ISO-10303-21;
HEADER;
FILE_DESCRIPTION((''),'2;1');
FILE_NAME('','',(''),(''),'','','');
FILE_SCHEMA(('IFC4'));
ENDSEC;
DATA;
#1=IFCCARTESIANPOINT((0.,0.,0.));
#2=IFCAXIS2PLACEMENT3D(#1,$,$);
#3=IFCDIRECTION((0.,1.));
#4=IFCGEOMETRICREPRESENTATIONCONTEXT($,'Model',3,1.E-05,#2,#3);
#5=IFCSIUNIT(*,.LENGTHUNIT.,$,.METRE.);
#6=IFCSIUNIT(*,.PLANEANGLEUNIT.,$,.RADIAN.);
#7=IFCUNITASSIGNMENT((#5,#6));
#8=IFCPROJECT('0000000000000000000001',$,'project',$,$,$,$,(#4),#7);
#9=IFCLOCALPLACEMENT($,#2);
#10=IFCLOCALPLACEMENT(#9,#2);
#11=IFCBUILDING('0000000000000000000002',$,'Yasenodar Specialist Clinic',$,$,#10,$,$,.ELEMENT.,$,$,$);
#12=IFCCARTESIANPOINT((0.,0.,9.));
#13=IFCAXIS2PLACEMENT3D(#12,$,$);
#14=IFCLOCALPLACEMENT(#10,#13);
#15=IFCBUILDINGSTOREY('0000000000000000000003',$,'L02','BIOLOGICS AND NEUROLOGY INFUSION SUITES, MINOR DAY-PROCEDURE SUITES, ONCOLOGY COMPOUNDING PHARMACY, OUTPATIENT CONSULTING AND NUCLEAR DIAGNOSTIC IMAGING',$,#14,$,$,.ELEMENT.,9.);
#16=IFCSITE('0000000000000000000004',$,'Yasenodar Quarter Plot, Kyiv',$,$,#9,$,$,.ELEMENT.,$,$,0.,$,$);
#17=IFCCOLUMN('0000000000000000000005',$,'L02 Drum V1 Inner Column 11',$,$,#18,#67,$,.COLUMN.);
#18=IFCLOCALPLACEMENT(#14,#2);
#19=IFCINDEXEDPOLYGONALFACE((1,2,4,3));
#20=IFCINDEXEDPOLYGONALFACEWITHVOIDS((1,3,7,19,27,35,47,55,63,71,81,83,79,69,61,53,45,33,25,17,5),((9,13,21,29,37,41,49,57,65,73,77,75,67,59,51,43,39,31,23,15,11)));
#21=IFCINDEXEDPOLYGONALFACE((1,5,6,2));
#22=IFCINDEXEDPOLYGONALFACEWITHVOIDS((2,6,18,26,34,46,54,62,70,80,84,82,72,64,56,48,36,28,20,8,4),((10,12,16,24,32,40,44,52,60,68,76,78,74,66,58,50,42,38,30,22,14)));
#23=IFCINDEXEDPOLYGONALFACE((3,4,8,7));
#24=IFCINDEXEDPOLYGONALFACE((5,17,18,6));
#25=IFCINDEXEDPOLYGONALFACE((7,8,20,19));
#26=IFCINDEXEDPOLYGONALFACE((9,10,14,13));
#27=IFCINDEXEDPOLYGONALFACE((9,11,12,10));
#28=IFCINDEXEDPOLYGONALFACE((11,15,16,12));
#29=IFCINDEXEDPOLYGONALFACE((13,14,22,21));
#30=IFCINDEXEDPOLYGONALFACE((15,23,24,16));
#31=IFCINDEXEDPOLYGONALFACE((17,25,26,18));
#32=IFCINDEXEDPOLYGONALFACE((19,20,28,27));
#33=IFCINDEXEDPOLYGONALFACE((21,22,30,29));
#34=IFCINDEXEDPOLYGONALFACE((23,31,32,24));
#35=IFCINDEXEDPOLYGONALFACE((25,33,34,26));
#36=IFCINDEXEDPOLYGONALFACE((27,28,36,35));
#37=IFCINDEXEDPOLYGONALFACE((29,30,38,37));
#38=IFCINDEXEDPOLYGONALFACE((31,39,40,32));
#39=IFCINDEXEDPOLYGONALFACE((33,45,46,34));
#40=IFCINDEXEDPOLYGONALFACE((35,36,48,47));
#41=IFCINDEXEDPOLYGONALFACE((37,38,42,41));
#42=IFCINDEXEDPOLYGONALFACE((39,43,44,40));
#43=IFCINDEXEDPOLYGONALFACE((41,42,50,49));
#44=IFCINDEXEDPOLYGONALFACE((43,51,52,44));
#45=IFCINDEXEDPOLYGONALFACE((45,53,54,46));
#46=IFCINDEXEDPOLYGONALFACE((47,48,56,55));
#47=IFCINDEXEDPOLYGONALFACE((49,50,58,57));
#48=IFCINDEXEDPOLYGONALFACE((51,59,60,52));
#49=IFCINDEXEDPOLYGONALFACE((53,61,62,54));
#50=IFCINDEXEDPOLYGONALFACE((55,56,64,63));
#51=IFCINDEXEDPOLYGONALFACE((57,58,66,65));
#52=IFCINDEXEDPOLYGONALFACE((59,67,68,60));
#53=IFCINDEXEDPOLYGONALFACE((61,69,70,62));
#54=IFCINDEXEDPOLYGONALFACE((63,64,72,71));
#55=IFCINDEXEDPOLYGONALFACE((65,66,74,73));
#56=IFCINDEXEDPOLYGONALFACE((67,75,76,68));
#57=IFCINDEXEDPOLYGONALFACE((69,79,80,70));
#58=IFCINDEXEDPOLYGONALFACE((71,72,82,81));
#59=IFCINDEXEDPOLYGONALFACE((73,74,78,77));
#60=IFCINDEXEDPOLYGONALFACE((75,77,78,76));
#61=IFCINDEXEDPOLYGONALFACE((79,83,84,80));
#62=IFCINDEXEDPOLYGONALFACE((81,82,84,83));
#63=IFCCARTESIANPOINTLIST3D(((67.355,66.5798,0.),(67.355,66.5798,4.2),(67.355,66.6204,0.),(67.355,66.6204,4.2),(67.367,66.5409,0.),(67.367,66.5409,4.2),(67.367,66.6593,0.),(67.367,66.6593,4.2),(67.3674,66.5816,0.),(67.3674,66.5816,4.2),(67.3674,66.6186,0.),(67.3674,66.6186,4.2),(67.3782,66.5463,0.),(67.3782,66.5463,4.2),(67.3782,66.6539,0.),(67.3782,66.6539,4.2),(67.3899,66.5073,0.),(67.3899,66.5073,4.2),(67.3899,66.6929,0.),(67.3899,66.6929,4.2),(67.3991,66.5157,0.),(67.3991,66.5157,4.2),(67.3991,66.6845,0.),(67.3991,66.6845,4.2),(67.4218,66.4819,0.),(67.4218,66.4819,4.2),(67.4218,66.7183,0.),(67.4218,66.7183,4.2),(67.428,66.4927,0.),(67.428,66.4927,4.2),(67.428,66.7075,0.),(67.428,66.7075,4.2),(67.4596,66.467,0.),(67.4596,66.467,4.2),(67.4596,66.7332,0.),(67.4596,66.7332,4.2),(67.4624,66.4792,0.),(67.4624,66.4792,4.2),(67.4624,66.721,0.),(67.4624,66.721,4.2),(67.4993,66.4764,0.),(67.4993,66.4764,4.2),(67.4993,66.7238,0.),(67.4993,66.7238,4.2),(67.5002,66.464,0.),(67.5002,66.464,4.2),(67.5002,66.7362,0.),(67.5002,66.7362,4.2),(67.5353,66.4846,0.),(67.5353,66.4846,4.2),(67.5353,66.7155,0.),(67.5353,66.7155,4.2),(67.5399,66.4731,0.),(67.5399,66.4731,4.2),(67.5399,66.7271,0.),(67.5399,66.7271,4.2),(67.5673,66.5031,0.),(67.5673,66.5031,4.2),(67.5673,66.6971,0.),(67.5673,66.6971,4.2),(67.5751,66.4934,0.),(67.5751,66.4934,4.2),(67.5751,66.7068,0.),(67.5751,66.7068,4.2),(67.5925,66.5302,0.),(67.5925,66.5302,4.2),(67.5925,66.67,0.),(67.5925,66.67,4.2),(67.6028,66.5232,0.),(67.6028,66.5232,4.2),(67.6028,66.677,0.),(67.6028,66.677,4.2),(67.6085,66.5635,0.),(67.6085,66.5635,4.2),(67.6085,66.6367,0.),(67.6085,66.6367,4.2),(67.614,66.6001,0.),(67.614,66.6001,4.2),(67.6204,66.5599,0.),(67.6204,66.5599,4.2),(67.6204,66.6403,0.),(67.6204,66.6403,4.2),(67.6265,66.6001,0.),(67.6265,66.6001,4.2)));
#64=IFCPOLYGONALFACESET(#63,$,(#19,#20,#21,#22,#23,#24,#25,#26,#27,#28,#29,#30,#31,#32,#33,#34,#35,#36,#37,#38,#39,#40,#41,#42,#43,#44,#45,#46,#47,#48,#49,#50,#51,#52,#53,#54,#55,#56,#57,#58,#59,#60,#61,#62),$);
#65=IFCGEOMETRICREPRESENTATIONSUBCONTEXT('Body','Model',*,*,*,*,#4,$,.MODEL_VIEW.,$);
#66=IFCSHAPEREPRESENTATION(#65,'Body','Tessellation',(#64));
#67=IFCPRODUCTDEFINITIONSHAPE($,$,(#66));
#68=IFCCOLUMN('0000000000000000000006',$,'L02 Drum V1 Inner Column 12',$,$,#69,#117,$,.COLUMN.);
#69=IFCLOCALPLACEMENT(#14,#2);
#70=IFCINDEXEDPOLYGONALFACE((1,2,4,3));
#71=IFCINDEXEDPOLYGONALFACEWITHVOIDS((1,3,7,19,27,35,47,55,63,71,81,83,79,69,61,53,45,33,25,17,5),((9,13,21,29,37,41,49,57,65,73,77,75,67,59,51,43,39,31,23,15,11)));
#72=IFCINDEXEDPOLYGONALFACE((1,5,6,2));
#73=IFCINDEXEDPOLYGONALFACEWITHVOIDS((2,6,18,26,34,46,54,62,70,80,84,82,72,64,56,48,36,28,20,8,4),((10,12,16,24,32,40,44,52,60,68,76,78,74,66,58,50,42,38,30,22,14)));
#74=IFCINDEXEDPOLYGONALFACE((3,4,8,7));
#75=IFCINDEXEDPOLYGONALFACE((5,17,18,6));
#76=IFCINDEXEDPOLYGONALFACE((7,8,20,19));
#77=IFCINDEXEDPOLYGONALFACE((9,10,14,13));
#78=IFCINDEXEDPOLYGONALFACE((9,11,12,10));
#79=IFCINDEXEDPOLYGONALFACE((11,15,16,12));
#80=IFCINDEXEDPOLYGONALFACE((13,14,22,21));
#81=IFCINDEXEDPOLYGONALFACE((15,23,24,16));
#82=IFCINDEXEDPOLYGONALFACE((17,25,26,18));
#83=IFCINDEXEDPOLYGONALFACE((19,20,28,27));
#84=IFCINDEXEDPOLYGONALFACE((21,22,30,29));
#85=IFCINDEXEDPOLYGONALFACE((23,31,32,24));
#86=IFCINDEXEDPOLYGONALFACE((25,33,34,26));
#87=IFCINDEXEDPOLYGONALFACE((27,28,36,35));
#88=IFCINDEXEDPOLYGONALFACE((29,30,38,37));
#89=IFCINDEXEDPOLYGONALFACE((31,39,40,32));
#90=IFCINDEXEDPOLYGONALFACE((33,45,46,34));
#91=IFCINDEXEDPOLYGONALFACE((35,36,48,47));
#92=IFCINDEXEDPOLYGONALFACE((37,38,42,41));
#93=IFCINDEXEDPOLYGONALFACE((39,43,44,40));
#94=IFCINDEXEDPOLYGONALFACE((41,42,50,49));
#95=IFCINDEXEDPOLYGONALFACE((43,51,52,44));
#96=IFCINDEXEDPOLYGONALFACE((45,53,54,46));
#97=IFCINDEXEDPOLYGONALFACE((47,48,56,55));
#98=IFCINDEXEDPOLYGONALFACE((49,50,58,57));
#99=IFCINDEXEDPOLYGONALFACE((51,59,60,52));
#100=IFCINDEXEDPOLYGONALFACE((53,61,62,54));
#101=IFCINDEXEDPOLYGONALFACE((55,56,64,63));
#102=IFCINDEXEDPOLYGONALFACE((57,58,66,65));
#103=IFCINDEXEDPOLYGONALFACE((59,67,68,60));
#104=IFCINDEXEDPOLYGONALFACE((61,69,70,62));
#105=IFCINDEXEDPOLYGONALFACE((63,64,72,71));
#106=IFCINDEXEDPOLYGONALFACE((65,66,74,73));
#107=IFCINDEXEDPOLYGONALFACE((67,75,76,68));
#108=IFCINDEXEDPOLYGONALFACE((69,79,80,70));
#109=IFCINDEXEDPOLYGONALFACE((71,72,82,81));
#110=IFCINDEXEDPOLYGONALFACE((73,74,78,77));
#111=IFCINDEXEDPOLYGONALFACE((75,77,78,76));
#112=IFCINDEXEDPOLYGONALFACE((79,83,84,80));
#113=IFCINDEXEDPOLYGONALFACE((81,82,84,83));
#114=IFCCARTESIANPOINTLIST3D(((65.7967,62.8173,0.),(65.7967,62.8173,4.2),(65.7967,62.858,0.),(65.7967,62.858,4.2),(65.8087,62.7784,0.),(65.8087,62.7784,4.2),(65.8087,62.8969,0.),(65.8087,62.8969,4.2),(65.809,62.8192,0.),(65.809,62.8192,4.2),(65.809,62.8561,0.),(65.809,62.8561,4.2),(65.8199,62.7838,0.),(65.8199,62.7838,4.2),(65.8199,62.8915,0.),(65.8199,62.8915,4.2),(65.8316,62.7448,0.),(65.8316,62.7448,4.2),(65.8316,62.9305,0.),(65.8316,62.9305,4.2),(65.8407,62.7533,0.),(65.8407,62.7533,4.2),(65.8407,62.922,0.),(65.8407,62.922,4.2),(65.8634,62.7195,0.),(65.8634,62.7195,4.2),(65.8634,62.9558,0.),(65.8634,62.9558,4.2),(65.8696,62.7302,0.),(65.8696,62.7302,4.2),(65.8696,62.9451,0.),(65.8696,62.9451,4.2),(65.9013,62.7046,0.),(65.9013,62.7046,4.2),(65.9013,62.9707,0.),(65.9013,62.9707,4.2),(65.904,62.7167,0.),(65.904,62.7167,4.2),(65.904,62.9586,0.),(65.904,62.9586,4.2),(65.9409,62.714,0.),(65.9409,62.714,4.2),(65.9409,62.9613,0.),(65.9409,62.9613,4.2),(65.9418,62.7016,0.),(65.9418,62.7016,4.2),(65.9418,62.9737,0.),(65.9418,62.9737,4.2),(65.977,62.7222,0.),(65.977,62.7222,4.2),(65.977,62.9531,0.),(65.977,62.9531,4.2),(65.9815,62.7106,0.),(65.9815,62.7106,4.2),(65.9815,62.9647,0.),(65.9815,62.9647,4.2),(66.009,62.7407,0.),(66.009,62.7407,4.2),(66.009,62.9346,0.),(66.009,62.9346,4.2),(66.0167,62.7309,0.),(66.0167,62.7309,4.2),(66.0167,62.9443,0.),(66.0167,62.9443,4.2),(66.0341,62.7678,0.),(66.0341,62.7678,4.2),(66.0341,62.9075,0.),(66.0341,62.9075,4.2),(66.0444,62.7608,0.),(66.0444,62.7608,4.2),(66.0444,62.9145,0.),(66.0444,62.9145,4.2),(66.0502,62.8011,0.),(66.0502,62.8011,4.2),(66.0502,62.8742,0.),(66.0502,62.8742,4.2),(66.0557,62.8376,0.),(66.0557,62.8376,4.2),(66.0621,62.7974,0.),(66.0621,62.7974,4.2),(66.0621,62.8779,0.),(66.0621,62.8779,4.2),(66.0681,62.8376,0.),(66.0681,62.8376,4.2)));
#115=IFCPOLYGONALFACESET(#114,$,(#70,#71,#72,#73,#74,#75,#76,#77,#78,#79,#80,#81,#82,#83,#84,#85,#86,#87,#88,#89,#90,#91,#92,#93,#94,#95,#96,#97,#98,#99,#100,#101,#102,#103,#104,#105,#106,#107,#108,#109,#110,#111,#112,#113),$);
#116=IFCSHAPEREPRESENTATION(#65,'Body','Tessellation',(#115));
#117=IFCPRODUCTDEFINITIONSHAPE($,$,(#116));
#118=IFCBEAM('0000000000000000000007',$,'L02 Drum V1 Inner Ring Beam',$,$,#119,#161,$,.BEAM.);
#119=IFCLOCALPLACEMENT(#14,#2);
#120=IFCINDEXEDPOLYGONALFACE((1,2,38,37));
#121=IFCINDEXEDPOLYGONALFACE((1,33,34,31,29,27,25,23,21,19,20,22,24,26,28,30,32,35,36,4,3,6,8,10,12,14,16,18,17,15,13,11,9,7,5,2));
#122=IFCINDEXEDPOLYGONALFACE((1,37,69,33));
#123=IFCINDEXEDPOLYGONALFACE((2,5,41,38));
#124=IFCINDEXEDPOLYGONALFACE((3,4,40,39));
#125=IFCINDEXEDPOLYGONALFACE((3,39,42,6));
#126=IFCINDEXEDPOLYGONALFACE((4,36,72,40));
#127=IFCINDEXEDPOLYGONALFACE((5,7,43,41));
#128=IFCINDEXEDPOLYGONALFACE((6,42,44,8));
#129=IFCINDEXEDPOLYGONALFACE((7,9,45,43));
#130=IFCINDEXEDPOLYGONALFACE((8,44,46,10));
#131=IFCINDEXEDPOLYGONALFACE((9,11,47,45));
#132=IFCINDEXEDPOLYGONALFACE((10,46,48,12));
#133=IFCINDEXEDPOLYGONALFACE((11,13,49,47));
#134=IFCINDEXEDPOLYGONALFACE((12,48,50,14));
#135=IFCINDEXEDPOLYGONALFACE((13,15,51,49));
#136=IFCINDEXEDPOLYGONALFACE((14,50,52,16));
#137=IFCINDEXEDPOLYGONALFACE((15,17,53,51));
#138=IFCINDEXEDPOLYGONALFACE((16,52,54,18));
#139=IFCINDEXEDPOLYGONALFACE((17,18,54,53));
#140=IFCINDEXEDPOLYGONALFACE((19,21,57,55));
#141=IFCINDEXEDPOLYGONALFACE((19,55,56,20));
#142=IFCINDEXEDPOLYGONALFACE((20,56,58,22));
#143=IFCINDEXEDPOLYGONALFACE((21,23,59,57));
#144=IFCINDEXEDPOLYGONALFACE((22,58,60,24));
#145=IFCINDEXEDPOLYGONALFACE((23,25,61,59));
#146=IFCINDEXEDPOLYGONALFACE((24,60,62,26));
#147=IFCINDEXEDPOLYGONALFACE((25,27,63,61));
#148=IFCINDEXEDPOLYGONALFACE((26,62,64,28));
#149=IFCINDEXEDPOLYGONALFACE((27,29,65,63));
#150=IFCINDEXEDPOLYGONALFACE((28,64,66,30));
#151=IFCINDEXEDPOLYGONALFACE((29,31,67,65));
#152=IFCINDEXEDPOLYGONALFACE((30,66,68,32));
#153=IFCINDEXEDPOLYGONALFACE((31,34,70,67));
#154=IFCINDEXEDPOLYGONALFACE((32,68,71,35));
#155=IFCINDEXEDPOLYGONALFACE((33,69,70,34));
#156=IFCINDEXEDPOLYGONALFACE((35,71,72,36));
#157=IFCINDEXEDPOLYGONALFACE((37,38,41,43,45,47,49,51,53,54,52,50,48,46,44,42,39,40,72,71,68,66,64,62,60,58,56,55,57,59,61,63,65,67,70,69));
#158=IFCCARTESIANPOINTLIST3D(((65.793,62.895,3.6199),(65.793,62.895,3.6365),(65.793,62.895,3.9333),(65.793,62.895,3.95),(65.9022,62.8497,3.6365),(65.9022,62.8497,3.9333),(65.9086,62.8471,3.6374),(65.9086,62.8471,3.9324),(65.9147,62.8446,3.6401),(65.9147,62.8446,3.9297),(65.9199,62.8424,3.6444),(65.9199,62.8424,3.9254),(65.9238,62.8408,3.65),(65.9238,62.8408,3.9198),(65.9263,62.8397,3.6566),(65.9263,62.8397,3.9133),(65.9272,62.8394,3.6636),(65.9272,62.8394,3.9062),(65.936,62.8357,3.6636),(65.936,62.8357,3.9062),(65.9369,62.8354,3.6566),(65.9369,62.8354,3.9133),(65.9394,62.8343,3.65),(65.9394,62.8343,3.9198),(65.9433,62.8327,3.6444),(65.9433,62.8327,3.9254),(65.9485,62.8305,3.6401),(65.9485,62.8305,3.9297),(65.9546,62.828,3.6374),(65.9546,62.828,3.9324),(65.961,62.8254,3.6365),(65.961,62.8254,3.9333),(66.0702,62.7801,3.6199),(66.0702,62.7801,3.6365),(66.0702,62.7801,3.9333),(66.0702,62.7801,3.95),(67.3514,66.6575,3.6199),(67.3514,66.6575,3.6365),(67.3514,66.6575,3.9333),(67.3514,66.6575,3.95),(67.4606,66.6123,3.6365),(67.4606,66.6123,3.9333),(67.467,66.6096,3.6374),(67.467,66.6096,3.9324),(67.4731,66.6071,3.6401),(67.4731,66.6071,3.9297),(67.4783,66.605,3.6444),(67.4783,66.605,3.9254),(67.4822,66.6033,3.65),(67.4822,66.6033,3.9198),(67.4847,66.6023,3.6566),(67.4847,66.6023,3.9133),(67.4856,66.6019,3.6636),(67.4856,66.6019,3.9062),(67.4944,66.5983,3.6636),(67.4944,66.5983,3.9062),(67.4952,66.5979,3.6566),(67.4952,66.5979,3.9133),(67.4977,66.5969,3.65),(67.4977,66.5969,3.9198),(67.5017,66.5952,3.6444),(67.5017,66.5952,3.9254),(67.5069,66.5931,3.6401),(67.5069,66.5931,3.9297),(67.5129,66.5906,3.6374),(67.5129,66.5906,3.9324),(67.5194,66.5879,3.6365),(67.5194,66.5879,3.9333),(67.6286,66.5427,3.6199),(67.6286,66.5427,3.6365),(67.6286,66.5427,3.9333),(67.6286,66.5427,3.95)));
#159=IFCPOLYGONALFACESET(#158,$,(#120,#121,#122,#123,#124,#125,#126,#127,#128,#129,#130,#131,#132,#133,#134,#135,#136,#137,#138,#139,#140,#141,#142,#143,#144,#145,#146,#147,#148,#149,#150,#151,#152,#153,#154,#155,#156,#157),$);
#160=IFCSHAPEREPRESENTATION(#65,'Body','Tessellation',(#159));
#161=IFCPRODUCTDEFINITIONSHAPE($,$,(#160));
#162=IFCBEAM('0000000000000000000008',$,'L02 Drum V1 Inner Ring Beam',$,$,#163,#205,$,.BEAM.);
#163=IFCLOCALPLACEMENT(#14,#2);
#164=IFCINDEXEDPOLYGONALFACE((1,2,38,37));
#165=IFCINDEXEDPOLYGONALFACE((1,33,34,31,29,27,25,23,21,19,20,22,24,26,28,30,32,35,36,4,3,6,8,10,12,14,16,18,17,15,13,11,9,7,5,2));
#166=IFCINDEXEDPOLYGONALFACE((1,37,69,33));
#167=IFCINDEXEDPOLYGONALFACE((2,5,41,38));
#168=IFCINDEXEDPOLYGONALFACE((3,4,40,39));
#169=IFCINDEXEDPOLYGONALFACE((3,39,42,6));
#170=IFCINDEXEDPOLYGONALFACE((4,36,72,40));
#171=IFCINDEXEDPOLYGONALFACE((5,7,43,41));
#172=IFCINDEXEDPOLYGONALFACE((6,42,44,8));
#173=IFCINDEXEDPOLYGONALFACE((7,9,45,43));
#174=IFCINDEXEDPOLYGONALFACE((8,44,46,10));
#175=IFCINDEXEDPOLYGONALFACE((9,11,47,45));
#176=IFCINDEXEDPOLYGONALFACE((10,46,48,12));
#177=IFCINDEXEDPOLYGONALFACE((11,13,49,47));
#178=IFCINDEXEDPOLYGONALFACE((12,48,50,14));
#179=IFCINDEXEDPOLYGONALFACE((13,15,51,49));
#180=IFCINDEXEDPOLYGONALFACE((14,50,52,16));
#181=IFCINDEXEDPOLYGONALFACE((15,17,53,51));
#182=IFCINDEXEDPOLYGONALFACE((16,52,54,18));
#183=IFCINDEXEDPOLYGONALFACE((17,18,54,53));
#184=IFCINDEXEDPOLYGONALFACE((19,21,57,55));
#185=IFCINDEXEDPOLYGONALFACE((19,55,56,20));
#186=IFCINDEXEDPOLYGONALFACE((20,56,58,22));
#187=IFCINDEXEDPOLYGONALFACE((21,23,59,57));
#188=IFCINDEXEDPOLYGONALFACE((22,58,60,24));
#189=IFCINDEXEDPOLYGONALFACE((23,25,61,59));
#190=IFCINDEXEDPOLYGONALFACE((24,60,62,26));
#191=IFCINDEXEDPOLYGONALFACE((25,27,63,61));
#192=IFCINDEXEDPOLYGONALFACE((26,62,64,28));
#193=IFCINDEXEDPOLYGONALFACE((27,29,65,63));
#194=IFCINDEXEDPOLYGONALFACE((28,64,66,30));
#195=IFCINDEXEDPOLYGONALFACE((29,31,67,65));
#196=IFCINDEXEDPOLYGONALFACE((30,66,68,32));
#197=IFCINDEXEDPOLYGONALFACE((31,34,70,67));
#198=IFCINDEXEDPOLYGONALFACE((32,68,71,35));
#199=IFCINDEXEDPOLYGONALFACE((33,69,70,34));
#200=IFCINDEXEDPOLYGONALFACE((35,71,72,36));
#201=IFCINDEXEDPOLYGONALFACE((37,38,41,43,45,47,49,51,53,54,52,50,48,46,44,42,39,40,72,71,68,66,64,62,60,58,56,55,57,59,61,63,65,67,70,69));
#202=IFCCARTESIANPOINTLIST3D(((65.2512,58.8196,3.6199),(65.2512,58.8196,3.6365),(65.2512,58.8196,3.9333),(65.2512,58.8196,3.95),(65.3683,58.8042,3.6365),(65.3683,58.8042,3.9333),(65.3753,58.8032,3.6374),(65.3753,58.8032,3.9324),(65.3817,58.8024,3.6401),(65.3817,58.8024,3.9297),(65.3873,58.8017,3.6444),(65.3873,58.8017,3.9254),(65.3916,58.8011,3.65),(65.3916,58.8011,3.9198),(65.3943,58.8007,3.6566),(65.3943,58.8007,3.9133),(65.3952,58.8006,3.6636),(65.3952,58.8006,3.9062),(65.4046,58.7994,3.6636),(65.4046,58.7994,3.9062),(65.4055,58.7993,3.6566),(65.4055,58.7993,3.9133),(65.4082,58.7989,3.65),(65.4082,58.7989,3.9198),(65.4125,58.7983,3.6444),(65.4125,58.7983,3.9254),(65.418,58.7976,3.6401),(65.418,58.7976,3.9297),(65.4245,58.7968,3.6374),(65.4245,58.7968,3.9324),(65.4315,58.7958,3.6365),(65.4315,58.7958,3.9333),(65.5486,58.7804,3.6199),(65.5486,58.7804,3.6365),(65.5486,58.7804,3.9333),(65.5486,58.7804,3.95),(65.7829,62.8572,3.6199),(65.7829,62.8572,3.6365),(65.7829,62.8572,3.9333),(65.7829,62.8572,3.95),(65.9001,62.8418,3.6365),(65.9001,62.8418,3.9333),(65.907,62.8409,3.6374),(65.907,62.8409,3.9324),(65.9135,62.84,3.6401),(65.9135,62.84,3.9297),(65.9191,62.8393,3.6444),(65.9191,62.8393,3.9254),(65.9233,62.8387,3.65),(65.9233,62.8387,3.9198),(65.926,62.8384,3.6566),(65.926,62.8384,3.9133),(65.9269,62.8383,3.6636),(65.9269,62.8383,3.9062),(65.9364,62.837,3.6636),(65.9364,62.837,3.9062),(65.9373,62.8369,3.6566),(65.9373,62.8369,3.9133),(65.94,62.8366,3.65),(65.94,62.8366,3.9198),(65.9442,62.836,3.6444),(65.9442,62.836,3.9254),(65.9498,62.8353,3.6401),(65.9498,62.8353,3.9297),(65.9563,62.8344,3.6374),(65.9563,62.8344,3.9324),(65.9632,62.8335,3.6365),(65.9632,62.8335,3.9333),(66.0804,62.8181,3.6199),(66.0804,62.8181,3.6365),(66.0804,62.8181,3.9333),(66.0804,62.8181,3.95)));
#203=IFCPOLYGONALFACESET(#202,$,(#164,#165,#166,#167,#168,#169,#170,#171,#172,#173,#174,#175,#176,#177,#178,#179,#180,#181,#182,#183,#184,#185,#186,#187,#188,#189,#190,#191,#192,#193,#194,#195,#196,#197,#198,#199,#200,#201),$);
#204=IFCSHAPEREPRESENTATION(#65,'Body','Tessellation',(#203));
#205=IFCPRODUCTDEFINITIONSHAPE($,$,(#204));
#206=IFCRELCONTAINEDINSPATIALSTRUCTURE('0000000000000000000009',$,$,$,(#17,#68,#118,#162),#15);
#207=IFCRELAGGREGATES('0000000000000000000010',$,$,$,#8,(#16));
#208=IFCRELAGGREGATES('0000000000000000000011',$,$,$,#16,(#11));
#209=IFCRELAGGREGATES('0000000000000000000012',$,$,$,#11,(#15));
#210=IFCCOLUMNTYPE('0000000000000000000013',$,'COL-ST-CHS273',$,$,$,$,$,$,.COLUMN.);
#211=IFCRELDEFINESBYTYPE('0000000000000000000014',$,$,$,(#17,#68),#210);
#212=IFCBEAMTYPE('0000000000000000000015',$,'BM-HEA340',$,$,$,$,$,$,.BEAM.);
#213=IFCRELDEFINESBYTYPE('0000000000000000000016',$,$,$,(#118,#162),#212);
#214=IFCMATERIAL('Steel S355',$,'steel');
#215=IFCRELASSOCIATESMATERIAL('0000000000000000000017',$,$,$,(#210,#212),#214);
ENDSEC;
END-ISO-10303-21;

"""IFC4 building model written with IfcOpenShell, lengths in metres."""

from ifc_helpers import new_model, si_unit, direction, frame, origin, origin_2d, place, context, subcontext, project, spatial, hollow_circle, i_section, extrude, material, material_profile, profile_set, type_object, element, save


model = new_model("IFC4")

# Units and contexts
model_context = context("Model", 3, precision=1e-05, world=origin(), true_north=direction((0.0, 1.0)))
body_context = subcontext(model_context, "Body", "Model", "MODEL_VIEW")
ifc_project = project(units=[si_unit("LENGTHUNIT", "METRE"), si_unit("PLANEANGLEUNIT", "RADIAN")], contexts=[model_context])

# Site, building, storey
site_placement = place(None, origin())
site = spatial("IfcSite", under=ifc_project, at=site_placement, Name="Yasenodar Quarter Plot, Kyiv", CompositionType="ELEMENT", RefElevation=0.0)
building_placement = place(site_placement, origin())
building = spatial("IfcBuilding", under=site, at=building_placement, Name="Yasenodar Specialist Clinic", CompositionType="ELEMENT")
storey_placement = place(building_placement, frame((0.0, 0.0, 9.0)))
storey = spatial("IfcBuildingStorey", under=building, at=storey_placement, Name="L02", Description="BIOLOGICS AND NEUROLOGY INFUSION SUITES, MINOR DAY-PROCEDURE SUITES, ONCOLOGY COMPOUNDING PHARMACY, OUTPATIENT CONSULTING AND NUCLEAR DIAGNOSTIC IMAGING", CompositionType="ELEMENT", Elevation=9.0)

# Columns
ifc_material_1 = material(Name="Steel S355", Category="steel")
ifc_material_profile_1 = material_profile(ifc_material_1, hollow_circle(Radius=0.1365, WallThickness=0.0125, at=origin_2d()), Name="CHS 273x12.5")
ifc_profile_set_1 = profile_set([ifc_material_profile_1], Name="Steel S355")
column_type = type_object("IfcColumnType", Name="COL-ST-CHS273", PredefinedType="COLUMN", material=ifc_profile_set_1)
for number, where, z_axis, x_axis, name in (
    (1, (67.49, 66.6001, 0.0), (0.0, 0.0, 1.0), (1.0, 0.0, 0.0), "L02 Drum V1 Inner Column 11"),
    (2, (65.9316, 62.8376, 0.0), (0.0, 0.0, 1.0), (1.0, 0.0, 0.0), "L02 Drum V1 Inner Column 12"),
):
    element("IfcColumn", number, at=place(storey_placement, frame(where, z_axis=z_axis, x_axis=x_axis)), inside=storey, type_object=column_type, Name=name, PredefinedType="COLUMN", context=body_context, shape_type="SweptSolid", body=[
        extrude(hollow_circle(Radius=0.1365, WallThickness=0.0125, at=origin_2d()), origin(), (0.0, 0.0, 1.0), 4.2),
    ])

# Beams
ifc_material_profile_2 = material_profile(ifc_material_1, i_section(OverallWidth=0.3, OverallDepth=0.3301, WebThickness=0.0095, FlangeThickness=0.0166, FilletRadius=0.0271, at=origin_2d()), Name="HEA 340")
ifc_profile_set_2 = profile_set([ifc_material_profile_2], Name="Steel S355")
beam_type_1 = type_object("IfcBeamType", Name="BM-HEA340", PredefinedType="BEAM", material=ifc_profile_set_2)
for number, where, z_axis, x_axis, name in (
    (3, (67.49, 66.6001, 3.7849), (-0.382661, -0.923889, 0.0), (0.923889, -0.382661, 0.0), "L02 Drum V1 Inner Ring Beam"),
    (4, (65.9316, 62.8376, 3.7849), (-0.130569, -0.991439, 0.0), (0.991439, -0.130569, 0.0), "L02 Drum V1 Inner Ring Beam"),
):
    element("IfcBeam", number, at=place(storey_placement, frame(where, z_axis=z_axis, x_axis=x_axis)), inside=storey, type_object=beam_type_1, Name=name, PredefinedType="BEAM", context=body_context, shape_type="SweptSolid", body=[
        extrude(i_section(OverallWidth=0.3, OverallDepth=0.3301, WebThickness=0.0095, FlangeThickness=0.0166, FilletRadius=0.0271, at=origin_2d()), origin(), (0.0, 0.0, 1.0), 4.0725),
    ])

save(model, "model.ifc")
